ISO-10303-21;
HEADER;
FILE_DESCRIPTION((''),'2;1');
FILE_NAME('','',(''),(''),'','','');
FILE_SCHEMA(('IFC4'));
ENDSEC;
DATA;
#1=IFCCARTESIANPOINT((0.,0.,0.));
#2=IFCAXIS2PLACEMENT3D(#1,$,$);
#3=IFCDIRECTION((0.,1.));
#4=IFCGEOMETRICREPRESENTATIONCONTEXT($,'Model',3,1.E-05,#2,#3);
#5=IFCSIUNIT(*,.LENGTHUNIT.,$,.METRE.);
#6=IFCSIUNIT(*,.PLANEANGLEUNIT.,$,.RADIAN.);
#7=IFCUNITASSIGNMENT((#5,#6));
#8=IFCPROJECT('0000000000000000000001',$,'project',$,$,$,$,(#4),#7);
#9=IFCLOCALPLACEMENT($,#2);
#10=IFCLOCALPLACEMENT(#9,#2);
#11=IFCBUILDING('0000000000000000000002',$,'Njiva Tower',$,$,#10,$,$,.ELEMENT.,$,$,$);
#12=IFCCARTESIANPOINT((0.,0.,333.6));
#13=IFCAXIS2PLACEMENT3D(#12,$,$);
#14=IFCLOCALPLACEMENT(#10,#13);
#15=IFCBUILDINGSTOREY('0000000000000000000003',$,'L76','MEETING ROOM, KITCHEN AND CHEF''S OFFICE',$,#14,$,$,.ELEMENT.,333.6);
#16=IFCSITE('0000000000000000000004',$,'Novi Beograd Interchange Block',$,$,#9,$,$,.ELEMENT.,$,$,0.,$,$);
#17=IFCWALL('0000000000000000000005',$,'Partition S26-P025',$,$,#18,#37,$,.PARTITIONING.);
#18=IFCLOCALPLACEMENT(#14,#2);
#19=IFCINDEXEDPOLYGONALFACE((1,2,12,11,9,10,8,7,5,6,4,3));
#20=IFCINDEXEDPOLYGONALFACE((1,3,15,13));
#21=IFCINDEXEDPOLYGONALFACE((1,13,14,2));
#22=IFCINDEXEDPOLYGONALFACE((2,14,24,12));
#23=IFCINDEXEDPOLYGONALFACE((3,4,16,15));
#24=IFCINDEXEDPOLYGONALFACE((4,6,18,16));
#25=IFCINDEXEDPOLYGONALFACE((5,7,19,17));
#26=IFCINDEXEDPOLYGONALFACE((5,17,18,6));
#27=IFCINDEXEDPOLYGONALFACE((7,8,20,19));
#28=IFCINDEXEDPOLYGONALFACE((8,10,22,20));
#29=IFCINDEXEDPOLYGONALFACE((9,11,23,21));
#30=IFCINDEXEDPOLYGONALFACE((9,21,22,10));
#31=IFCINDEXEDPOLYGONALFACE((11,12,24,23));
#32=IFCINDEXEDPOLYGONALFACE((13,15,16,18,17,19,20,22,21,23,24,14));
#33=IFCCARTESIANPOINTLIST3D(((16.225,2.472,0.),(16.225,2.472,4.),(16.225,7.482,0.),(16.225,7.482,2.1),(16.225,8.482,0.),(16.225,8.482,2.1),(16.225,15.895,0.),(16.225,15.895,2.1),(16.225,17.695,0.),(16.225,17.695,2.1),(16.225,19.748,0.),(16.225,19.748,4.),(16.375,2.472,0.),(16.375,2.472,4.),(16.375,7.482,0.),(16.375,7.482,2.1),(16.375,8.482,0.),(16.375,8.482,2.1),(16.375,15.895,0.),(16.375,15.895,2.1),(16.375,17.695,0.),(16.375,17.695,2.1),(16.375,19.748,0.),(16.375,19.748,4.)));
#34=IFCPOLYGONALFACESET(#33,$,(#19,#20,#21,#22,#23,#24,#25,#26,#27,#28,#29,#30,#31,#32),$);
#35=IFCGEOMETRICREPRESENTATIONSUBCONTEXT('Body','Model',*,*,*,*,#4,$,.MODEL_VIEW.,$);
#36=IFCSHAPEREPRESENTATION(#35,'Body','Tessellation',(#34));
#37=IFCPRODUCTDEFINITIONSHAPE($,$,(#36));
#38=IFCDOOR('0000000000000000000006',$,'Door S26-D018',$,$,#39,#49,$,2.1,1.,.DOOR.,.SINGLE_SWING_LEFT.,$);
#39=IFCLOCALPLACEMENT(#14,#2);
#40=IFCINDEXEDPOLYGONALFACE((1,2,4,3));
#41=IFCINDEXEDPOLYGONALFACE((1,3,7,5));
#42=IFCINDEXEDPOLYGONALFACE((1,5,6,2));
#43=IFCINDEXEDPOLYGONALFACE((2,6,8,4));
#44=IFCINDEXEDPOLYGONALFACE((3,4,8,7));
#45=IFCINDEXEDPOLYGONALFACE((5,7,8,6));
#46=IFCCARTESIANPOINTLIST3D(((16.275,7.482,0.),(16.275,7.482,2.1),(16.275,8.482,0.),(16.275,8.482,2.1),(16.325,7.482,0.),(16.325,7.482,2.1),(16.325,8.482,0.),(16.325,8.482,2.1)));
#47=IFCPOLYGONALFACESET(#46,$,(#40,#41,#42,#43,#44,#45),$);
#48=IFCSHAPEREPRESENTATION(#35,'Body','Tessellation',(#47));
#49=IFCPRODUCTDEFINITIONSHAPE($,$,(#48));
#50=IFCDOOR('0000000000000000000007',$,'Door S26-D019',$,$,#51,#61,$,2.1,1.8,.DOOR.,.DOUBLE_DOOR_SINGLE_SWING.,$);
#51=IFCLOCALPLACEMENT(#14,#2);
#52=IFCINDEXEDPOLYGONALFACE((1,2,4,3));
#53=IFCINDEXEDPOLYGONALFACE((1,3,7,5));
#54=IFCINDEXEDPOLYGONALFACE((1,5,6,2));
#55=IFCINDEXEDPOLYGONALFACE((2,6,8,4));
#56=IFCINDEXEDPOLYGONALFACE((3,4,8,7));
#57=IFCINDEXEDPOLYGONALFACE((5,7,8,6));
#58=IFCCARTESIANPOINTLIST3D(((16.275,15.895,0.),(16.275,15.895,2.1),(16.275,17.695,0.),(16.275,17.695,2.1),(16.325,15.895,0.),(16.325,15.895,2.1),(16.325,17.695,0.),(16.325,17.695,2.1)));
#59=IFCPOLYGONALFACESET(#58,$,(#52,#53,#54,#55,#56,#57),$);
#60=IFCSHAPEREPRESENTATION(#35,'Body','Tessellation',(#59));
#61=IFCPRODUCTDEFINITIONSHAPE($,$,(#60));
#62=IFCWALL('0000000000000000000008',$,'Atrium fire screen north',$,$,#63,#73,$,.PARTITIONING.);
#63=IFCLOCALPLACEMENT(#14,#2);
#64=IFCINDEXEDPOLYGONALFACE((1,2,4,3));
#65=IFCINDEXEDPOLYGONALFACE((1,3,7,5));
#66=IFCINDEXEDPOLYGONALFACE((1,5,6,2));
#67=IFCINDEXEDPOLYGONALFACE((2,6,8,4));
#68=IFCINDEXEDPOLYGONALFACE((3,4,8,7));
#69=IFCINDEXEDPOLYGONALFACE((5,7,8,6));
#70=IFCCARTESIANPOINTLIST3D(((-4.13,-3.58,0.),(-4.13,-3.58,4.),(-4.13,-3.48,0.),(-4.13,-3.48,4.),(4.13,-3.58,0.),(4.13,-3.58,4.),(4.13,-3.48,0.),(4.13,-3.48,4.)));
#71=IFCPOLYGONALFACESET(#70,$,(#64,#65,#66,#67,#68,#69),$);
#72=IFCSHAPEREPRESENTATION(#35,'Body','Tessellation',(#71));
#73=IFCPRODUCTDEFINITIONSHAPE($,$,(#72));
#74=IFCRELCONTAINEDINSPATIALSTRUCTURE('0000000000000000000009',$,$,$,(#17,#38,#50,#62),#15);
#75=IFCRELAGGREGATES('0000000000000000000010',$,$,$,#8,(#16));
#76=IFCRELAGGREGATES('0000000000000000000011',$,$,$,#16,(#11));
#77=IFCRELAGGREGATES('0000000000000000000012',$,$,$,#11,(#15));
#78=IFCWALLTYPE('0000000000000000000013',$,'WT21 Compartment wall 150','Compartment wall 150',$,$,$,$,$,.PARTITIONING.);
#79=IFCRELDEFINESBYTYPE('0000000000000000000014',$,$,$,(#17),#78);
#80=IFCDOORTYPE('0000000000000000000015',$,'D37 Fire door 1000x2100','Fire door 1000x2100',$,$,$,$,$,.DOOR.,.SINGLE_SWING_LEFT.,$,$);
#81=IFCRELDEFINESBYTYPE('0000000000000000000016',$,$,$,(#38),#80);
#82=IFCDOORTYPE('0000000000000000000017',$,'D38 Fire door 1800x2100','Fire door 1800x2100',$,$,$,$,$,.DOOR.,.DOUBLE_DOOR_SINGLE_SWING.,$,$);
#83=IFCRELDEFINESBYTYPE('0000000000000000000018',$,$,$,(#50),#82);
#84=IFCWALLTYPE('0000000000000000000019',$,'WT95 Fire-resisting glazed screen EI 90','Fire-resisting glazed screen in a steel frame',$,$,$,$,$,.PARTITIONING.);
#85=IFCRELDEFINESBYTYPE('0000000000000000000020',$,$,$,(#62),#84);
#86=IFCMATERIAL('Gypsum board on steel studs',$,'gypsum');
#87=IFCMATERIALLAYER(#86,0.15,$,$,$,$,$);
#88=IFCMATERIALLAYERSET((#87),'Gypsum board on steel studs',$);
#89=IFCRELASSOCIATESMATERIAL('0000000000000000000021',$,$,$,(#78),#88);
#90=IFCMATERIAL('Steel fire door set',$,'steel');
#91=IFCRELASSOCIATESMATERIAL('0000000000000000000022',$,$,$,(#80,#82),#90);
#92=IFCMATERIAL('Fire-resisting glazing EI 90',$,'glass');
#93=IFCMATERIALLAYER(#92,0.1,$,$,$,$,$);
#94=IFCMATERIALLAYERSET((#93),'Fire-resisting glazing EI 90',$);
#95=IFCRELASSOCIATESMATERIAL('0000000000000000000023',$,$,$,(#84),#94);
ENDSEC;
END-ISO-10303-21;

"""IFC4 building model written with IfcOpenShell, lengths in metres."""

from ifc_helpers import new_model, si_unit, direction, frame, frame_2d, origin, place, context, subcontext, project, spatial, rectangle, extrude, material, layer, layer_set, type_object, element, fill, save


model = new_model("IFC4")

# Units and contexts
model_context = context("Model", 3, precision=1e-05, world=origin(), true_north=direction((0.0, 1.0)))
body_context = subcontext(model_context, "Body", "Model", "MODEL_VIEW")
ifc_project = project(units=[si_unit("LENGTHUNIT", "METRE"), si_unit("PLANEANGLEUNIT", "RADIAN")], contexts=[model_context])

# Site, building, storey
site_placement = place(None, origin())
site = spatial("IfcSite", under=ifc_project, at=site_placement, Name="Novi Beograd Interchange Block", CompositionType="ELEMENT", RefElevation=0.0)
building_placement = place(site_placement, origin())
building = spatial("IfcBuilding", under=site, at=building_placement, Name="Njiva Tower", CompositionType="ELEMENT")
storey_placement = place(building_placement, frame((0.0, 0.0, 333.6)))
storey = spatial("IfcBuildingStorey", under=building, at=storey_placement, Name="L76", Description="MEETING ROOM, KITCHEN AND CHEF'S OFFICE", CompositionType="ELEMENT", Elevation=333.6)

# Shared definitions
ifc_material_1 = material(Name="Gypsum board on steel studs", Category="gypsum")

# Shared definitions
ifc_layer_1 = layer(ifc_material_1, 0.15)
ifc_layer_set_1 = layer_set([ifc_layer_1], Name="Gypsum board on steel studs")
wall_type_1 = type_object("IfcWallType", Name="WT21 Compartment wall 150", Description="Compartment wall 150", PredefinedType="PARTITIONING", material=ifc_layer_set_1)
ifc_material_2 = material(Name="Steel fire door set", Category="steel")
door_type_1 = type_object("IfcDoorType", Name="D37 Fire door 1000x2100", Description="Fire door 1000x2100", OperationType="SINGLE_SWING_LEFT", PredefinedType="DOOR", material=ifc_material_2)

# Wall, openings, doors
wall_1_placement = place(storey_placement, frame((16.3, 2.472, 0.0), z_axis=(0.0, 0.0, 1.0), x_axis=(0.0, 1.0, 0.0)))
wall_1 = element("IfcWall", 1, at=wall_1_placement, inside=storey, type_object=wall_type_1, Name="Partition S26-P025", PredefinedType="PARTITIONING", context=body_context, shape_type="SweptSolid", body=[
    extrude(rectangle(XDim=17.276, YDim=0.15, at=frame_2d((8.638, 0.0))), origin(), (0.0, 0.0, 1.0), 4.0),
])
opening_1_placement = place(wall_1_placement, frame((5.01, 0.0, 0.0)))
opening_1 = element("IfcOpeningElement", 2, at=opening_1_placement, cuts=wall_1, PredefinedType="OPENING", context=body_context, shape_type="SweptSolid", body=[
    extrude(rectangle(XDim=1.0, YDim=2.1, at=frame_2d((0.5, 1.05))), frame((0.0, 0.085, 0.0), z_axis=(0.0, -1.0, 0.0), x_axis=(1.0, 0.0, 0.0)), (0.0, 0.0, 1.0), 0.17),
])
opening_2_placement = place(wall_1_placement, frame((13.423, 0.0, 0.0)))
opening_2 = element("IfcOpeningElement", 3, at=opening_2_placement, cuts=wall_1, PredefinedType="OPENING", context=body_context, shape_type="SweptSolid", body=[
    extrude(rectangle(XDim=1.8, YDim=2.1, at=frame_2d((0.9, 1.05))), frame((0.0, 0.085, 0.0), z_axis=(0.0, -1.0, 0.0), x_axis=(1.0, 0.0, 0.0)), (0.0, 0.0, 1.0), 0.17),
])
door_1_placement = place(opening_1_placement, origin())
door_1 = element("IfcDoor", 4, at=door_1_placement, inside=storey, type_object=door_type_1, Name="Door S26-D018", OperationType="SINGLE_SWING_LEFT", OverallHeight=2.1, OverallWidth=1.0, PredefinedType="DOOR", context=body_context, shape_type="SweptSolid", body=[
    extrude(rectangle(XDim=1.0, YDim=2.1, at=frame_2d((0.5, 1.05))), frame((0.0, 0.025, 0.0), z_axis=(0.0, -1.0, 0.0), x_axis=(1.0, 0.0, 0.0)), (0.0, 0.0, 1.0), 0.05),
])
fill(opening_1, door_1)
door_type_2 = type_object("IfcDoorType", Name="D38 Fire door 1800x2100", Description="Fire door 1800x2100", OperationType="DOUBLE_DOOR_SINGLE_SWING", PredefinedType="DOOR", material=ifc_material_2)
door_2_placement = place(opening_2_placement, origin())
door_2 = element("IfcDoor", 5, at=door_2_placement, inside=storey, type_object=door_type_2, Name="Door S26-D019", OperationType="DOUBLE_DOOR_SINGLE_SWING", OverallHeight=2.1, OverallWidth=1.8, PredefinedType="DOOR", context=body_context, shape_type="SweptSolid", body=[
    extrude(rectangle(XDim=1.8, YDim=2.1, at=frame_2d((0.9, 1.05))), frame((0.0, 0.025, 0.0), z_axis=(0.0, -1.0, 0.0), x_axis=(1.0, 0.0, 0.0)), (0.0, 0.0, 1.0), 0.05),
])
fill(opening_2, door_2)

# Wall
ifc_material_3 = material(Name="Fire-resisting glazing EI 90", Category="glass")
ifc_layer_2 = layer(ifc_material_3, 0.1)
ifc_layer_set_2 = layer_set([ifc_layer_2], Name="Fire-resisting glazing EI 90")
wall_type_2 = type_object("IfcWallType", Name="WT95 Fire-resisting glazed screen EI 90", Description="Fire-resisting glazed screen in a steel frame", PredefinedType="PARTITIONING", material=ifc_layer_set_2)
wall_2_placement = place(storey_placement, frame((4.13, -3.53, 0.0), z_axis=(0.0, 0.0, 1.0), x_axis=(-1.0, 0.0, 0.0)))
element("IfcWall", 6, at=wall_2_placement, inside=storey, type_object=wall_type_2, Name="Atrium fire screen north", PredefinedType="PARTITIONING", context=body_context, shape_type="SweptSolid", body=[
    extrude(rectangle(XDim=8.26, YDim=0.1, at=frame_2d((4.13, 0.0))), origin(), (0.0, 0.0, 1.0), 4.0),
])

save(model, "model.ifc")
